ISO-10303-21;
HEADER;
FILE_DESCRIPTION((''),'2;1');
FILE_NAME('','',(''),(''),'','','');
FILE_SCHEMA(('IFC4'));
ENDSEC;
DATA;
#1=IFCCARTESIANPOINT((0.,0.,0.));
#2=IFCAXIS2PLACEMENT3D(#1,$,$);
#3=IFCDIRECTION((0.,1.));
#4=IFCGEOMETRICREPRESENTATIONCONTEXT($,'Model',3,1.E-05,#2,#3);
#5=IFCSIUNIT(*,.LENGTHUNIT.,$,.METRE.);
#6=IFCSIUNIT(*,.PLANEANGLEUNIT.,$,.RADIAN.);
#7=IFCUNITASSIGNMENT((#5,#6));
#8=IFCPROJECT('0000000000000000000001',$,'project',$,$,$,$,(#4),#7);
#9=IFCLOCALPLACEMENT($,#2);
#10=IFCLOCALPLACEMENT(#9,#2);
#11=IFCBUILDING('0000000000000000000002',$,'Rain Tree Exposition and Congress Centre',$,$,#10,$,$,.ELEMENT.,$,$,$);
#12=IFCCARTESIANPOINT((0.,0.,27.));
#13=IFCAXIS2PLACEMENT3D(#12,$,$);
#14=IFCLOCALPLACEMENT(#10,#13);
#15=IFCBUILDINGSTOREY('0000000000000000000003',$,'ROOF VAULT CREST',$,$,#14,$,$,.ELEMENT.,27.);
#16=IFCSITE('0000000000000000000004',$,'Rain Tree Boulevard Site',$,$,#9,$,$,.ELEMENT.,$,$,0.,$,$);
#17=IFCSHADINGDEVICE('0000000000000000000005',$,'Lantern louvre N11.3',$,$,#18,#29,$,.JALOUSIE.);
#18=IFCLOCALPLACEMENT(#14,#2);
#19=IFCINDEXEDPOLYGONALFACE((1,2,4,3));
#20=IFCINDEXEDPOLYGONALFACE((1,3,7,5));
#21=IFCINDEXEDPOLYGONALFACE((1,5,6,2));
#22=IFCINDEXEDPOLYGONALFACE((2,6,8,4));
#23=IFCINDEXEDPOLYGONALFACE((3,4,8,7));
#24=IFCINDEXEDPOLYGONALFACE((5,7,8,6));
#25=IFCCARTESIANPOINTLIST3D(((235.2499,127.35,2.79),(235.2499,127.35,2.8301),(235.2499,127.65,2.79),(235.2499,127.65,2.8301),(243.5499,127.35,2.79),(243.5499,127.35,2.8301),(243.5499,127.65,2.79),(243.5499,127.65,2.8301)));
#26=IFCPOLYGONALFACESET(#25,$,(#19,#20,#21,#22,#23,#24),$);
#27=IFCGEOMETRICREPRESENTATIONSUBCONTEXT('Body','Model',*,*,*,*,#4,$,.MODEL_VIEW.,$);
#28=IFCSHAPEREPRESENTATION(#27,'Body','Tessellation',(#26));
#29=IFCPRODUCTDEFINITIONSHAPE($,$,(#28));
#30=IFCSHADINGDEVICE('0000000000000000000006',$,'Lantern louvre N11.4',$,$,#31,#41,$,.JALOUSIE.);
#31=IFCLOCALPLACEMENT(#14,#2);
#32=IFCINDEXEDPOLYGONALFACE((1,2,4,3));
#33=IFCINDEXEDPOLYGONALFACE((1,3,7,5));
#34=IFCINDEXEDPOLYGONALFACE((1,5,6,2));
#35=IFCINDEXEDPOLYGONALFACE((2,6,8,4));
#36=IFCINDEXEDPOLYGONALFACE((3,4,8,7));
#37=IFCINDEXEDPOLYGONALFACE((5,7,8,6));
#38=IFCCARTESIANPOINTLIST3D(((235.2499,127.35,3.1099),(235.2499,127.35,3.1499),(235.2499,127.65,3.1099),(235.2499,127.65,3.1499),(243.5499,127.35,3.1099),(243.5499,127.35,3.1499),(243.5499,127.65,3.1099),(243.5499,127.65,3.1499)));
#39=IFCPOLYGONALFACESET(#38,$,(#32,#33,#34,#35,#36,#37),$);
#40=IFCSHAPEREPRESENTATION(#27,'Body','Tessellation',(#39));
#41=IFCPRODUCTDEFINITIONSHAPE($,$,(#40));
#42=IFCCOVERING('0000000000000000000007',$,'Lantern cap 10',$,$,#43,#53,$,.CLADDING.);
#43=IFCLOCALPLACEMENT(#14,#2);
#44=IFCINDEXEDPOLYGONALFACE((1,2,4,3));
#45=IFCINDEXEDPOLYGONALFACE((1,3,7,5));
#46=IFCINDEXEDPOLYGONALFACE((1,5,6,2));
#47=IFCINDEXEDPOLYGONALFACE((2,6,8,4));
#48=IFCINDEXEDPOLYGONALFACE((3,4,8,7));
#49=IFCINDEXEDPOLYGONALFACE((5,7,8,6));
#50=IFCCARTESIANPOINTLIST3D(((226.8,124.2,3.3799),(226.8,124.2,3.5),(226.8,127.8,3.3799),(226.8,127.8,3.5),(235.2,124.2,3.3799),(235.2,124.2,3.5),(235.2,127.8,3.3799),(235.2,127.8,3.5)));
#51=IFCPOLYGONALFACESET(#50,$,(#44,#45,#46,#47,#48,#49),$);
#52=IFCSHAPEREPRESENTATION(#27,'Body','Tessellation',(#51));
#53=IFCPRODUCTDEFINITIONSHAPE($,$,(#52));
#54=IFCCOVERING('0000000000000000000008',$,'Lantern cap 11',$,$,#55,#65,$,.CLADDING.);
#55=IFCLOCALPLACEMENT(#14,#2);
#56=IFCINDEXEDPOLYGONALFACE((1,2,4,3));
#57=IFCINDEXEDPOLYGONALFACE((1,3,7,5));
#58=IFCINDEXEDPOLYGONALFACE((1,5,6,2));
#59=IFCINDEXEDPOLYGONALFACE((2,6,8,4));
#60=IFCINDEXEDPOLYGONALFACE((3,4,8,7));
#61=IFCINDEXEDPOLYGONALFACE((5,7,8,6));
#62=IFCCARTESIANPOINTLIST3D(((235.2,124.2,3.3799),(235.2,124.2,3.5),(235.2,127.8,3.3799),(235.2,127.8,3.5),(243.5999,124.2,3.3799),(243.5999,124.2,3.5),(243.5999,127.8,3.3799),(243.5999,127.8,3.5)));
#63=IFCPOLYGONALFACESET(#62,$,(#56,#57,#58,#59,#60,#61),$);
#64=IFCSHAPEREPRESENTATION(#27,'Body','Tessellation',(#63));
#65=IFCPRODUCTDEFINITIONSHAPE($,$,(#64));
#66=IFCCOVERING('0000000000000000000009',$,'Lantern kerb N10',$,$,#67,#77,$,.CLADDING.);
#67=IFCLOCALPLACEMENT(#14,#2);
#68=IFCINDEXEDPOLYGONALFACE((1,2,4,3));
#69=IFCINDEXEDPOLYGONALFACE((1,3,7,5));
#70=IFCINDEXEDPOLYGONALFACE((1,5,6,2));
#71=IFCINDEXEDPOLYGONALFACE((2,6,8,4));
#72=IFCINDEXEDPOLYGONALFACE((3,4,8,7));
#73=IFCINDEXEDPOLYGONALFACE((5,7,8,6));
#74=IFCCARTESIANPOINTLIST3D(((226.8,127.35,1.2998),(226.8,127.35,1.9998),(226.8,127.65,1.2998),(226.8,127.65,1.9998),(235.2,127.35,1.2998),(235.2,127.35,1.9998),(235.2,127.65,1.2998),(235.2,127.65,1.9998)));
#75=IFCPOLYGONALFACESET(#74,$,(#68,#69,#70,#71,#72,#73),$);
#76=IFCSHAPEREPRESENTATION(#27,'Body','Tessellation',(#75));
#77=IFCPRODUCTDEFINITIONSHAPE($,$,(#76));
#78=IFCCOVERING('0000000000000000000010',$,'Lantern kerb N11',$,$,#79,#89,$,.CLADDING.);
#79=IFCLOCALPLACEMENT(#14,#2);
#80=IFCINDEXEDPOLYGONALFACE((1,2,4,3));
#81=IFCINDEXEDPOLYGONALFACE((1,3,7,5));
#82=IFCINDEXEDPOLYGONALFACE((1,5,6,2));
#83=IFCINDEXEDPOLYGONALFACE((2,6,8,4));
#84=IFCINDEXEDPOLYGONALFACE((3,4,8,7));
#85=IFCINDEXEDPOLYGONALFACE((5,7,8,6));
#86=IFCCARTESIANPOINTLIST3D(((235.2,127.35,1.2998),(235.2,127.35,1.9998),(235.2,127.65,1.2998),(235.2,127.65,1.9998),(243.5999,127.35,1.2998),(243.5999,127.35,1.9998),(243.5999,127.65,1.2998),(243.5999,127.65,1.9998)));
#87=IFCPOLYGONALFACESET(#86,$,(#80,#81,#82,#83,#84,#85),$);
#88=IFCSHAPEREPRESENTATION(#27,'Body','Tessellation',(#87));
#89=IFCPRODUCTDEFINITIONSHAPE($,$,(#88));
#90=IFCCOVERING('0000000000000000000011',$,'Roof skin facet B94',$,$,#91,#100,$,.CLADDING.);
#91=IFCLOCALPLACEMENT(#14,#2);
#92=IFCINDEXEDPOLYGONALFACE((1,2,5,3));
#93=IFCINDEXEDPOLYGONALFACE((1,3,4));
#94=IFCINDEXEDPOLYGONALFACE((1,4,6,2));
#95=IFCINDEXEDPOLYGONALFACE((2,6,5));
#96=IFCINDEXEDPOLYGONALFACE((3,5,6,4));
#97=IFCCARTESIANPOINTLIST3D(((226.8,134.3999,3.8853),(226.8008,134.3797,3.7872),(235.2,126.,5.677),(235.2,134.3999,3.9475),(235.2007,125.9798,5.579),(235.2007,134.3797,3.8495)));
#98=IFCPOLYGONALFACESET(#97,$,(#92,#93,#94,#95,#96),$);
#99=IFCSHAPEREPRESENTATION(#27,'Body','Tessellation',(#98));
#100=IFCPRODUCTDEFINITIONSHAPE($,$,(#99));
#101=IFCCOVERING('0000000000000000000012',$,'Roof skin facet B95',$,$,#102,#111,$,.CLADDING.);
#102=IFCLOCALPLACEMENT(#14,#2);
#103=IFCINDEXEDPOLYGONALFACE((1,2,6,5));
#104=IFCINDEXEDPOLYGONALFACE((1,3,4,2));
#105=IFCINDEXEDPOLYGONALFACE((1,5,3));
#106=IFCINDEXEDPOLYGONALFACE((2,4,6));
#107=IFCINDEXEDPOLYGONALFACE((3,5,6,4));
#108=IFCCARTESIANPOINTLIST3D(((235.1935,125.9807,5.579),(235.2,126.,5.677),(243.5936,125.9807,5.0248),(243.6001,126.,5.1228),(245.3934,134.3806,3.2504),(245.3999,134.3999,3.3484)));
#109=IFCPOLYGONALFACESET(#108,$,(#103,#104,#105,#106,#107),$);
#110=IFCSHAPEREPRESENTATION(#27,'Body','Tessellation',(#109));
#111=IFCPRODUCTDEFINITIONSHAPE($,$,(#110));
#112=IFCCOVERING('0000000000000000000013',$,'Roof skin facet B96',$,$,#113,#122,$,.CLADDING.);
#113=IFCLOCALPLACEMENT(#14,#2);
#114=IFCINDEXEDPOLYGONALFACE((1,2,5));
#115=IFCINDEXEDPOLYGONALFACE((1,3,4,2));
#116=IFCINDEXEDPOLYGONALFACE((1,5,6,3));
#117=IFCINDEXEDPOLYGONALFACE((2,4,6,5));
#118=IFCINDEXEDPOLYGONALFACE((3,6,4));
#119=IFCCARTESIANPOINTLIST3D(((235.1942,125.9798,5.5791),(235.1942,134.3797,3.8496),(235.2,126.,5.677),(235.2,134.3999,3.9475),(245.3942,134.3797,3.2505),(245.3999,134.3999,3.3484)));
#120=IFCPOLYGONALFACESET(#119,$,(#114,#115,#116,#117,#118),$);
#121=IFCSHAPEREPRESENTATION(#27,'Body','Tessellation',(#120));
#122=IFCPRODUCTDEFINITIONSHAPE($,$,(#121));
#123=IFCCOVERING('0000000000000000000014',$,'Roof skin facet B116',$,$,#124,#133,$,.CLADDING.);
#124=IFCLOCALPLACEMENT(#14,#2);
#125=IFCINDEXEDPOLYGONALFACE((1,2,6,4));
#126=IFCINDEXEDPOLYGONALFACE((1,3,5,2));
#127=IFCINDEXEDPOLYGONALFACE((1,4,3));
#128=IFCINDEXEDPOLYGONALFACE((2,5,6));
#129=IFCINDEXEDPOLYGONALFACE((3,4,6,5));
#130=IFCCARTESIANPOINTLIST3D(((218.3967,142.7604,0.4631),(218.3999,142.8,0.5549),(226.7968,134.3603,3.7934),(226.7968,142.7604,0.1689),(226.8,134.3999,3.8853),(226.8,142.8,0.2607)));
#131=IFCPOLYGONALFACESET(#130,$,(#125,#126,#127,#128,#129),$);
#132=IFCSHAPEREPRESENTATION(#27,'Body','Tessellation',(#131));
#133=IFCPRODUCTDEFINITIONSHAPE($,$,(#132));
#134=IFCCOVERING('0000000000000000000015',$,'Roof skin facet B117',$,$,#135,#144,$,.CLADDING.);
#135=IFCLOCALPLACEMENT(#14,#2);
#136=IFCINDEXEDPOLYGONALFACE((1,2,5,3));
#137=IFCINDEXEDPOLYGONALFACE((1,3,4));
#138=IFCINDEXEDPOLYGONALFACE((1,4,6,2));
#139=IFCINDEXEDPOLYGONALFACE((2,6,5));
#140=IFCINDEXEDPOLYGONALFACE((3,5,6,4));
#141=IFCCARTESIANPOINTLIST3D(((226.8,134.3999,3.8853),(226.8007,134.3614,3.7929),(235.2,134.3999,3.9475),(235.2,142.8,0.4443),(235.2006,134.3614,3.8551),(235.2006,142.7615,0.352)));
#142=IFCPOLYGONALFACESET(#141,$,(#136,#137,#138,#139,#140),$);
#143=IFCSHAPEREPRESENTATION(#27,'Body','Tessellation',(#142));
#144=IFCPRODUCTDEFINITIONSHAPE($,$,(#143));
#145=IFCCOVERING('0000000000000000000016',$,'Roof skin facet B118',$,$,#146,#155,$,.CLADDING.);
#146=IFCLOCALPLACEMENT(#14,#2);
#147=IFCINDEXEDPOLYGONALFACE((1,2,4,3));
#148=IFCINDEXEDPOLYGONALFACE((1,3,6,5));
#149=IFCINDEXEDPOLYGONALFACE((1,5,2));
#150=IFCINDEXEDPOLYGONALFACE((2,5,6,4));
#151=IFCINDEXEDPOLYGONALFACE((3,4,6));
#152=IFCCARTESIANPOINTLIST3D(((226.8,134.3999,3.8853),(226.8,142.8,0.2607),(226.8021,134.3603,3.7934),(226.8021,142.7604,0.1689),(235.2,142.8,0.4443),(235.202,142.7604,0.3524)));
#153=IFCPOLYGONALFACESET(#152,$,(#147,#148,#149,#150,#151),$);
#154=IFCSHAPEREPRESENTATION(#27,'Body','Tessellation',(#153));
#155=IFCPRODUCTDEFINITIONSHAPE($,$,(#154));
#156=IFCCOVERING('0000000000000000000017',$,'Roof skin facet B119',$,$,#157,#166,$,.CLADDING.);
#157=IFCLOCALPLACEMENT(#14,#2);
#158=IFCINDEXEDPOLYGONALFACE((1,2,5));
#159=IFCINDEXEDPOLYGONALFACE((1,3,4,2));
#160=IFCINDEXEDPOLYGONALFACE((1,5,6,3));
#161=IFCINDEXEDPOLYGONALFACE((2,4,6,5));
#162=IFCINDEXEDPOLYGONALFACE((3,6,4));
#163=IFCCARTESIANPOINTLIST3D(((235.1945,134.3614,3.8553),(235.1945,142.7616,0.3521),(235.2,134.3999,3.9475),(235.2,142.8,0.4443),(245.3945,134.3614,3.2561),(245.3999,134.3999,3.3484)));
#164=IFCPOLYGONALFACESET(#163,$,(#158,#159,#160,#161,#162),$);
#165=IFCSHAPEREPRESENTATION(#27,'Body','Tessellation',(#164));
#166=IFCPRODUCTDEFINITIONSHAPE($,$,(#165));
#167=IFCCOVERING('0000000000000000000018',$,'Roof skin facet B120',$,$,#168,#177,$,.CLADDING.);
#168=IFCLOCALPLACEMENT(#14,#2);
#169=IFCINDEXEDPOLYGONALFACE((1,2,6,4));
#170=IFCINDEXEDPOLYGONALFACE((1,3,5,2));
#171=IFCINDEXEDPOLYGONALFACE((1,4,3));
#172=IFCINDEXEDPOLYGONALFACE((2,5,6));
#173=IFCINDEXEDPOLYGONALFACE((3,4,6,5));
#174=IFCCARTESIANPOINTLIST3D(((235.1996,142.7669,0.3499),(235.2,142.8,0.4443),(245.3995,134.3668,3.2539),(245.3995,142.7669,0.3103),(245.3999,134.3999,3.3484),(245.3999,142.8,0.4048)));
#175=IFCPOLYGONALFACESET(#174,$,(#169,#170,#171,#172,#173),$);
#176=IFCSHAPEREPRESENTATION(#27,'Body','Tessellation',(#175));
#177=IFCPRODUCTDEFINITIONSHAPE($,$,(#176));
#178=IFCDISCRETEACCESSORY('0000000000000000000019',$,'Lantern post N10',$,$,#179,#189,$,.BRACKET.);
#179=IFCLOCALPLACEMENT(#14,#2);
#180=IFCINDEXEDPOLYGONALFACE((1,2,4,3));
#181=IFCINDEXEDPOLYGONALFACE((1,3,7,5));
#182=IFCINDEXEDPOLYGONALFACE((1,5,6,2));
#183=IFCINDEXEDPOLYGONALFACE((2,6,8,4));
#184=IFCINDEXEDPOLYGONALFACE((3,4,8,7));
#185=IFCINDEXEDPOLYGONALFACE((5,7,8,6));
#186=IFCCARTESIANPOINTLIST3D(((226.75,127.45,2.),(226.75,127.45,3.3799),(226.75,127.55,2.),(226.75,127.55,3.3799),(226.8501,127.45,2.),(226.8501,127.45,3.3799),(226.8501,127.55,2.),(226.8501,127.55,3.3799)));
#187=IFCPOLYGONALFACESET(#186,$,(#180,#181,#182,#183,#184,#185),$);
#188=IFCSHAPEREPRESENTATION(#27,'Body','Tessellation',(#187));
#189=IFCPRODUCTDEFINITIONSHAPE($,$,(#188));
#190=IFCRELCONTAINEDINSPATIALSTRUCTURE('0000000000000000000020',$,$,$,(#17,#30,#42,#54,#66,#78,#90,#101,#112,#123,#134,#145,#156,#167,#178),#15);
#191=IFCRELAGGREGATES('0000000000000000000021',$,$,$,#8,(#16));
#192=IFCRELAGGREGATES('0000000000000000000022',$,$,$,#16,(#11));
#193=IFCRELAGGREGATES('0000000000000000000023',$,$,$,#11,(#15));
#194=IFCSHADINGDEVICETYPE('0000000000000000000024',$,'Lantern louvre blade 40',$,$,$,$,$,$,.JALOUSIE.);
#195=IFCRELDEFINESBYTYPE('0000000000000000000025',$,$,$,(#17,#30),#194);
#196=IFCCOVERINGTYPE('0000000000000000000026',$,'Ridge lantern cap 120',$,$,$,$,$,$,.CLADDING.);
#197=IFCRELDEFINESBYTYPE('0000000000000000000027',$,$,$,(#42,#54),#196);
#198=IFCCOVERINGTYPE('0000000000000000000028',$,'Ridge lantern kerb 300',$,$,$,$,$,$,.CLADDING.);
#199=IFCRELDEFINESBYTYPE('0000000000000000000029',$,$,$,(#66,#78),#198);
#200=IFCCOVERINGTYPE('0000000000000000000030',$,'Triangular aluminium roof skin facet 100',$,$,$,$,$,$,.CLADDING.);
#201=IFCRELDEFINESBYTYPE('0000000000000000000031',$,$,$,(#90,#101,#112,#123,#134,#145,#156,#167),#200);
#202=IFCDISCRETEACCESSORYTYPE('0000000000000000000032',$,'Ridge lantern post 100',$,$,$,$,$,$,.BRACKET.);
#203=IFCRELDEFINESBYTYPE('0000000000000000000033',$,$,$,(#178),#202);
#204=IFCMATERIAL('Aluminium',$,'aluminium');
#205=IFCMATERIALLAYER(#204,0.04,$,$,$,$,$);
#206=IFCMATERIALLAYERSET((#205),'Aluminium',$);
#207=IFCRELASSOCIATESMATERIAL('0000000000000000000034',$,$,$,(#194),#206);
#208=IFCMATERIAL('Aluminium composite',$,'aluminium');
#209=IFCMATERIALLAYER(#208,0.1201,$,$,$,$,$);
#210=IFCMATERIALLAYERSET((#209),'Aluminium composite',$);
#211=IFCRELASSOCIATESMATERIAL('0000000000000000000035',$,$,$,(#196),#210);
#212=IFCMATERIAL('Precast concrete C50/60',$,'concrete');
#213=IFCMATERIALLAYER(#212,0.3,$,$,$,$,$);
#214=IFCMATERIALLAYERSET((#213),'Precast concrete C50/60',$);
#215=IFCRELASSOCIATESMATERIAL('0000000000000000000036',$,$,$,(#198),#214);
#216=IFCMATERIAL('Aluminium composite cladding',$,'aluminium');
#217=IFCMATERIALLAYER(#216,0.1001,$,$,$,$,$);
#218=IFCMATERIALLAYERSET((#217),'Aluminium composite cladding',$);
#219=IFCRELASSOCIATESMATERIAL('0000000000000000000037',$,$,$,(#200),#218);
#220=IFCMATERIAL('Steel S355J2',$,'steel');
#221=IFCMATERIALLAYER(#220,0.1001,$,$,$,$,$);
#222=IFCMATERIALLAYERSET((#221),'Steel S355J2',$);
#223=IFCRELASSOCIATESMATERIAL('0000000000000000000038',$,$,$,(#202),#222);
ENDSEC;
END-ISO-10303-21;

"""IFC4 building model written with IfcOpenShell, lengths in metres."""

from ifc_helpers import new_model, si_unit, direction, frame, origin, origin_2d, place, context, subcontext, project, spatial, polyline, rectangle, outline, extrude, material, layer, layer_set, type_object, element, save


model = new_model("IFC4")

# Units and contexts
model_context = context("Model", 3, precision=1e-05, world=origin(), true_north=direction((0.0, 1.0)))
body_context = subcontext(model_context, "Body", "Model", "MODEL_VIEW")
ifc_project = project(units=[si_unit("LENGTHUNIT", "METRE"), si_unit("PLANEANGLEUNIT", "RADIAN")], contexts=[model_context])

# Site, building, storey
site_placement = place(None, origin())
site = spatial("IfcSite", under=ifc_project, at=site_placement, Name="Rain Tree Boulevard Site", CompositionType="ELEMENT", RefElevation=0.0)
building_placement = place(site_placement, origin())
building = spatial("IfcBuilding", under=site, at=building_placement, Name="Rain Tree Exposition and Congress Centre", CompositionType="ELEMENT")
storey_placement = place(building_placement, frame((0.0, 0.0, 27.0)))
storey = spatial("IfcBuildingStorey", under=building, at=storey_placement, Name="ROOF VAULT CREST", CompositionType="ELEMENT", Elevation=27.0)

# Shading devices
ifc_material_1 = material(Name="Aluminium", Category="aluminium")
ifc_layer_1 = layer(ifc_material_1, 0.04)
ifc_layer_set_1 = layer_set([ifc_layer_1], Name="Aluminium")
shading_device_type = type_object("IfcShadingDeviceType", Name="Lantern louvre blade 40", PredefinedType="JALOUSIE", material=ifc_layer_set_1)
for number, where, z_axis, x_axis, name in (
    (1, (239.3999, 127.5, 2.79), (0.0, 0.0, 1.0), (1.0, 0.0, 0.0), "Lantern louvre N11.3"),
    (2, (239.3999, 127.5, 3.1099), (0.0, 0.0, 1.0), (1.0, 0.0, 0.0), "Lantern louvre N11.4"),
):
    element("IfcShadingDevice", number, at=place(storey_placement, frame(where, z_axis=z_axis, x_axis=x_axis)), inside=storey, type_object=shading_device_type, Name=name, PredefinedType="JALOUSIE", context=body_context, shape_type="SweptSolid", body=[
        extrude(rectangle(XDim=8.3, YDim=0.3, at=origin_2d()), origin(), (0.0, 0.0, 1.0), 0.04),
    ])

# Coverings
ifc_material_2 = material(Name="Aluminium composite", Category="aluminium")
ifc_layer_2 = layer(ifc_material_2, 0.1201)
ifc_layer_set_2 = layer_set([ifc_layer_2], Name="Aluminium composite")
covering_type_1 = type_object("IfcCoveringType", Name="Ridge lantern cap 120", PredefinedType="CLADDING", material=ifc_layer_set_2)
for number, where, z_axis, x_axis, name in (
    (3, (231.0, 126.0, 3.3799), (0.0, 0.0, 1.0), (1.0, 0.0, 0.0), "Lantern cap 10"),
    (4, (239.3999, 126.0, 3.3799), (0.0, 0.0, 1.0), (1.0, 0.0, 0.0), "Lantern cap 11"),
):
    element("IfcCovering", number, at=place(storey_placement, frame(where, z_axis=z_axis, x_axis=x_axis)), inside=storey, type_object=covering_type_1, Name=name, PredefinedType="CLADDING", context=body_context, shape_type="SweptSolid", body=[
        extrude(rectangle(XDim=8.3999, YDim=3.6001, at=origin_2d()), origin(), (0.0, 0.0, 1.0), 0.1201),
    ])
ifc_material_3 = material(Name="Precast concrete C50/60", Category="concrete")
ifc_layer_3 = layer(ifc_material_3, 0.3)
ifc_layer_set_3 = layer_set([ifc_layer_3], Name="Precast concrete C50/60")
covering_type_2 = type_object("IfcCoveringType", Name="Ridge lantern kerb 300", PredefinedType="CLADDING", material=ifc_layer_set_3)
for number, where, z_axis, x_axis, name in (
    (5, (231.0, 127.5, 1.2998), (0.0, 0.0, 1.0), (1.0, 0.0, 0.0), "Lantern kerb N10"),
    (6, (239.3999, 127.5, 1.2998), (0.0, 0.0, 1.0), (1.0, 0.0, 0.0), "Lantern kerb N11"),
):
    element("IfcCovering", number, at=place(storey_placement, frame(where, z_axis=z_axis, x_axis=x_axis)), inside=storey, type_object=covering_type_2, Name=name, PredefinedType="CLADDING", context=body_context, shape_type="SweptSolid", body=[
        extrude(rectangle(XDim=8.3999, YDim=0.3, at=origin_2d()), origin(), (0.0, 0.0, 1.0), 0.7),
    ])
ifc_material_4 = material(Name="Aluminium composite cladding", Category="aluminium")
ifc_layer_4 = layer(ifc_material_4, 0.1001)
ifc_layer_set_4 = layer_set([ifc_layer_4], Name="Aluminium composite cladding")
covering_type_3 = type_object("IfcCoveringType", Name="Triangular aluminium roof skin facet 100", PredefinedType="CLADDING", material=ifc_layer_set_4)
covering_1_placement = place(storey_placement, frame((235.2, 126.0, 5.677), z_axis=(-0.007259, 0.201659, 0.979429), x_axis=(0.0, 0.979455, -0.201664)))
element("IfcCovering", 7, at=covering_1_placement, inside=storey, type_object=covering_type_3, Name="Roof skin facet B94", PredefinedType="CLADDING", context=body_context, shape_type="SweptSolid", body=[
    extrude(outline(polyline([(0.0, 0.0), (8.5761, 0.0), (8.5887, 8.4001), (0.0, 0.0)])), origin(), (0.0, 0.0, -1.0), 0.1001),
])
covering_2_placement = place(storey_placement, frame((235.2, 126.0, 5.677), z_axis=(0.064594, 0.192981, 0.979074), x_axis=(0.997831, 0.0, -0.065832)))
element("IfcCovering", 8, at=covering_2_placement, inside=storey, type_object=covering_type_3, Name="Roof skin facet B95", PredefinedType="CLADDING", context=body_context, shape_type="SweptSolid", body=[
    extrude(outline(polyline([(0.0, 0.0), (8.4184, 0.0), (10.3311, 8.5608), (0.0, 0.0)])), origin(), (0.0, 0.0, -1.0), 0.1001),
])
covering_3_placement = place(storey_placement, frame((235.2, 126.0, 5.677), z_axis=(0.057436, 0.201331, 0.977838), x_axis=(0.760218, 0.626057, -0.173555)))
element("IfcCovering", 9, at=covering_3_placement, inside=storey, type_object=covering_type_3, Name="Roof skin facet B96", PredefinedType="CLADDING", context=body_context, shape_type="SweptSolid", body=[
    extrude(outline(polyline([(0.0, 0.0), (13.4171, 0.0), (5.559, 6.5305), (0.0, 0.0)])), origin(), (0.0, 0.0, -1.0), 0.1001),
])
covering_4_placement = place(storey_placement, frame((226.8, 134.3999, 3.8853), z_axis=(0.03214, 0.395971, 0.9177), x_axis=(0.0, 0.918175, -0.396176)))
element("IfcCovering", 10, at=covering_4_placement, inside=storey, type_object=covering_type_3, Name="Roof skin facet B116", PredefinedType="CLADDING", context=body_context, shape_type="SweptSolid", body=[
    extrude(outline(polyline([(0.0, 0.0), (9.1487, 0.0), (9.0322, 8.4045), (0.0, 0.0)])), origin(), (0.0, 0.0, -1.0), 0.1001),
])
covering_5_placement = place(storey_placement, frame((226.8, 134.3999, 3.8853), z_axis=(-0.00684, 0.384898, 0.922934), x_axis=(0.999973, 0.0, 0.007411)))
element("IfcCovering", 11, at=covering_5_placement, inside=storey, type_object=covering_type_3, Name="Roof skin facet B117", PredefinedType="CLADDING", context=body_context, shape_type="SweptSolid", body=[
    extrude(outline(polyline([(0.0, 0.0), (8.4001, 0.0), (8.3742, 9.1013), (0.0, 0.0)])), origin(), (0.0, 0.0, -1.0), 0.1001),
])
covering_6_placement = place(storey_placement, frame((226.8, 134.3999, 3.8853), z_axis=(-0.020064, 0.396096, 0.91799), x_axis=(0.679179, 0.679199, -0.278217)))
element("IfcCovering", 12, at=covering_6_placement, inside=storey, type_object=covering_type_3, Name="Roof skin facet B118", PredefinedType="CLADDING", context=body_context, shape_type="SweptSolid", body=[
    extrude(outline(polyline([(0.0, 0.0), (12.3677, 0.0), (6.7138, 6.2149), (0.0, 0.0)])), origin(), (0.0, 0.0, -1.0), 0.1001),
])
covering_7_placement = place(storey_placement, frame((235.2, 134.3999, 3.9475), z_axis=(0.054133, 0.384342, 0.921602), x_axis=(0.998279, 0.0, -0.058637)))
element("IfcCovering", 13, at=covering_7_placement, inside=storey, type_object=covering_type_3, Name="Roof skin facet B119", PredefinedType="CLADDING", context=body_context, shape_type="SweptSolid", body=[
    extrude(outline(polyline([(0.0, 0.0), (10.2175, 0.0), (0.2054, 9.099), (0.0, 0.0)])), origin(), (0.0, 0.0, -1.0), 0.1001),
])
covering_8_placement = place(storey_placement, frame((245.3999, 134.3999, 3.3484), z_axis=(0.003659, 0.330704, 0.943728), x_axis=(0.0, 0.943734, -0.330706)))
element("IfcCovering", 14, at=covering_8_placement, inside=storey, type_object=covering_type_3, Name="Roof skin facet B120", PredefinedType="CLADDING", context=body_context, shape_type="SweptSolid", body=[
    extrude(outline(polyline([(0.0, 0.0), (8.901, 0.0), (8.8879, 10.2), (0.0, 0.0)])), origin(), (0.0, 0.0, -1.0), 0.1001),
])

# Discrete accessory
ifc_material_5 = material(Name="Steel S355J2", Category="steel")
ifc_layer_5 = layer(ifc_material_5, 0.1001)
ifc_layer_set_5 = layer_set([ifc_layer_5], Name="Steel S355J2")
discrete_accessory_type_1 = type_object("IfcDiscreteAccessoryType", Name="Ridge lantern post 100", PredefinedType="BRACKET", material=ifc_layer_set_5)
for number, where, z_axis, x_axis, name in (
    (15, (226.8, 127.5, 2.0), (0.0, 0.0, 1.0), (1.0, 0.0, 0.0), "Lantern post N10"),
):
    element("IfcDiscreteAccessory", number, at=place(storey_placement, frame(where, z_axis=z_axis, x_axis=x_axis)), inside=storey, type_object=discrete_accessory_type_1, Name=name, PredefinedType="BRACKET", context=body_context, shape_type="SweptSolid", body=[
        extrude(rectangle(XDim=0.1001, YDim=0.1001, at=origin_2d()), origin(), (0.0, 0.0, 1.0), 1.3799),
    ])

save(model, "model.ifc")
